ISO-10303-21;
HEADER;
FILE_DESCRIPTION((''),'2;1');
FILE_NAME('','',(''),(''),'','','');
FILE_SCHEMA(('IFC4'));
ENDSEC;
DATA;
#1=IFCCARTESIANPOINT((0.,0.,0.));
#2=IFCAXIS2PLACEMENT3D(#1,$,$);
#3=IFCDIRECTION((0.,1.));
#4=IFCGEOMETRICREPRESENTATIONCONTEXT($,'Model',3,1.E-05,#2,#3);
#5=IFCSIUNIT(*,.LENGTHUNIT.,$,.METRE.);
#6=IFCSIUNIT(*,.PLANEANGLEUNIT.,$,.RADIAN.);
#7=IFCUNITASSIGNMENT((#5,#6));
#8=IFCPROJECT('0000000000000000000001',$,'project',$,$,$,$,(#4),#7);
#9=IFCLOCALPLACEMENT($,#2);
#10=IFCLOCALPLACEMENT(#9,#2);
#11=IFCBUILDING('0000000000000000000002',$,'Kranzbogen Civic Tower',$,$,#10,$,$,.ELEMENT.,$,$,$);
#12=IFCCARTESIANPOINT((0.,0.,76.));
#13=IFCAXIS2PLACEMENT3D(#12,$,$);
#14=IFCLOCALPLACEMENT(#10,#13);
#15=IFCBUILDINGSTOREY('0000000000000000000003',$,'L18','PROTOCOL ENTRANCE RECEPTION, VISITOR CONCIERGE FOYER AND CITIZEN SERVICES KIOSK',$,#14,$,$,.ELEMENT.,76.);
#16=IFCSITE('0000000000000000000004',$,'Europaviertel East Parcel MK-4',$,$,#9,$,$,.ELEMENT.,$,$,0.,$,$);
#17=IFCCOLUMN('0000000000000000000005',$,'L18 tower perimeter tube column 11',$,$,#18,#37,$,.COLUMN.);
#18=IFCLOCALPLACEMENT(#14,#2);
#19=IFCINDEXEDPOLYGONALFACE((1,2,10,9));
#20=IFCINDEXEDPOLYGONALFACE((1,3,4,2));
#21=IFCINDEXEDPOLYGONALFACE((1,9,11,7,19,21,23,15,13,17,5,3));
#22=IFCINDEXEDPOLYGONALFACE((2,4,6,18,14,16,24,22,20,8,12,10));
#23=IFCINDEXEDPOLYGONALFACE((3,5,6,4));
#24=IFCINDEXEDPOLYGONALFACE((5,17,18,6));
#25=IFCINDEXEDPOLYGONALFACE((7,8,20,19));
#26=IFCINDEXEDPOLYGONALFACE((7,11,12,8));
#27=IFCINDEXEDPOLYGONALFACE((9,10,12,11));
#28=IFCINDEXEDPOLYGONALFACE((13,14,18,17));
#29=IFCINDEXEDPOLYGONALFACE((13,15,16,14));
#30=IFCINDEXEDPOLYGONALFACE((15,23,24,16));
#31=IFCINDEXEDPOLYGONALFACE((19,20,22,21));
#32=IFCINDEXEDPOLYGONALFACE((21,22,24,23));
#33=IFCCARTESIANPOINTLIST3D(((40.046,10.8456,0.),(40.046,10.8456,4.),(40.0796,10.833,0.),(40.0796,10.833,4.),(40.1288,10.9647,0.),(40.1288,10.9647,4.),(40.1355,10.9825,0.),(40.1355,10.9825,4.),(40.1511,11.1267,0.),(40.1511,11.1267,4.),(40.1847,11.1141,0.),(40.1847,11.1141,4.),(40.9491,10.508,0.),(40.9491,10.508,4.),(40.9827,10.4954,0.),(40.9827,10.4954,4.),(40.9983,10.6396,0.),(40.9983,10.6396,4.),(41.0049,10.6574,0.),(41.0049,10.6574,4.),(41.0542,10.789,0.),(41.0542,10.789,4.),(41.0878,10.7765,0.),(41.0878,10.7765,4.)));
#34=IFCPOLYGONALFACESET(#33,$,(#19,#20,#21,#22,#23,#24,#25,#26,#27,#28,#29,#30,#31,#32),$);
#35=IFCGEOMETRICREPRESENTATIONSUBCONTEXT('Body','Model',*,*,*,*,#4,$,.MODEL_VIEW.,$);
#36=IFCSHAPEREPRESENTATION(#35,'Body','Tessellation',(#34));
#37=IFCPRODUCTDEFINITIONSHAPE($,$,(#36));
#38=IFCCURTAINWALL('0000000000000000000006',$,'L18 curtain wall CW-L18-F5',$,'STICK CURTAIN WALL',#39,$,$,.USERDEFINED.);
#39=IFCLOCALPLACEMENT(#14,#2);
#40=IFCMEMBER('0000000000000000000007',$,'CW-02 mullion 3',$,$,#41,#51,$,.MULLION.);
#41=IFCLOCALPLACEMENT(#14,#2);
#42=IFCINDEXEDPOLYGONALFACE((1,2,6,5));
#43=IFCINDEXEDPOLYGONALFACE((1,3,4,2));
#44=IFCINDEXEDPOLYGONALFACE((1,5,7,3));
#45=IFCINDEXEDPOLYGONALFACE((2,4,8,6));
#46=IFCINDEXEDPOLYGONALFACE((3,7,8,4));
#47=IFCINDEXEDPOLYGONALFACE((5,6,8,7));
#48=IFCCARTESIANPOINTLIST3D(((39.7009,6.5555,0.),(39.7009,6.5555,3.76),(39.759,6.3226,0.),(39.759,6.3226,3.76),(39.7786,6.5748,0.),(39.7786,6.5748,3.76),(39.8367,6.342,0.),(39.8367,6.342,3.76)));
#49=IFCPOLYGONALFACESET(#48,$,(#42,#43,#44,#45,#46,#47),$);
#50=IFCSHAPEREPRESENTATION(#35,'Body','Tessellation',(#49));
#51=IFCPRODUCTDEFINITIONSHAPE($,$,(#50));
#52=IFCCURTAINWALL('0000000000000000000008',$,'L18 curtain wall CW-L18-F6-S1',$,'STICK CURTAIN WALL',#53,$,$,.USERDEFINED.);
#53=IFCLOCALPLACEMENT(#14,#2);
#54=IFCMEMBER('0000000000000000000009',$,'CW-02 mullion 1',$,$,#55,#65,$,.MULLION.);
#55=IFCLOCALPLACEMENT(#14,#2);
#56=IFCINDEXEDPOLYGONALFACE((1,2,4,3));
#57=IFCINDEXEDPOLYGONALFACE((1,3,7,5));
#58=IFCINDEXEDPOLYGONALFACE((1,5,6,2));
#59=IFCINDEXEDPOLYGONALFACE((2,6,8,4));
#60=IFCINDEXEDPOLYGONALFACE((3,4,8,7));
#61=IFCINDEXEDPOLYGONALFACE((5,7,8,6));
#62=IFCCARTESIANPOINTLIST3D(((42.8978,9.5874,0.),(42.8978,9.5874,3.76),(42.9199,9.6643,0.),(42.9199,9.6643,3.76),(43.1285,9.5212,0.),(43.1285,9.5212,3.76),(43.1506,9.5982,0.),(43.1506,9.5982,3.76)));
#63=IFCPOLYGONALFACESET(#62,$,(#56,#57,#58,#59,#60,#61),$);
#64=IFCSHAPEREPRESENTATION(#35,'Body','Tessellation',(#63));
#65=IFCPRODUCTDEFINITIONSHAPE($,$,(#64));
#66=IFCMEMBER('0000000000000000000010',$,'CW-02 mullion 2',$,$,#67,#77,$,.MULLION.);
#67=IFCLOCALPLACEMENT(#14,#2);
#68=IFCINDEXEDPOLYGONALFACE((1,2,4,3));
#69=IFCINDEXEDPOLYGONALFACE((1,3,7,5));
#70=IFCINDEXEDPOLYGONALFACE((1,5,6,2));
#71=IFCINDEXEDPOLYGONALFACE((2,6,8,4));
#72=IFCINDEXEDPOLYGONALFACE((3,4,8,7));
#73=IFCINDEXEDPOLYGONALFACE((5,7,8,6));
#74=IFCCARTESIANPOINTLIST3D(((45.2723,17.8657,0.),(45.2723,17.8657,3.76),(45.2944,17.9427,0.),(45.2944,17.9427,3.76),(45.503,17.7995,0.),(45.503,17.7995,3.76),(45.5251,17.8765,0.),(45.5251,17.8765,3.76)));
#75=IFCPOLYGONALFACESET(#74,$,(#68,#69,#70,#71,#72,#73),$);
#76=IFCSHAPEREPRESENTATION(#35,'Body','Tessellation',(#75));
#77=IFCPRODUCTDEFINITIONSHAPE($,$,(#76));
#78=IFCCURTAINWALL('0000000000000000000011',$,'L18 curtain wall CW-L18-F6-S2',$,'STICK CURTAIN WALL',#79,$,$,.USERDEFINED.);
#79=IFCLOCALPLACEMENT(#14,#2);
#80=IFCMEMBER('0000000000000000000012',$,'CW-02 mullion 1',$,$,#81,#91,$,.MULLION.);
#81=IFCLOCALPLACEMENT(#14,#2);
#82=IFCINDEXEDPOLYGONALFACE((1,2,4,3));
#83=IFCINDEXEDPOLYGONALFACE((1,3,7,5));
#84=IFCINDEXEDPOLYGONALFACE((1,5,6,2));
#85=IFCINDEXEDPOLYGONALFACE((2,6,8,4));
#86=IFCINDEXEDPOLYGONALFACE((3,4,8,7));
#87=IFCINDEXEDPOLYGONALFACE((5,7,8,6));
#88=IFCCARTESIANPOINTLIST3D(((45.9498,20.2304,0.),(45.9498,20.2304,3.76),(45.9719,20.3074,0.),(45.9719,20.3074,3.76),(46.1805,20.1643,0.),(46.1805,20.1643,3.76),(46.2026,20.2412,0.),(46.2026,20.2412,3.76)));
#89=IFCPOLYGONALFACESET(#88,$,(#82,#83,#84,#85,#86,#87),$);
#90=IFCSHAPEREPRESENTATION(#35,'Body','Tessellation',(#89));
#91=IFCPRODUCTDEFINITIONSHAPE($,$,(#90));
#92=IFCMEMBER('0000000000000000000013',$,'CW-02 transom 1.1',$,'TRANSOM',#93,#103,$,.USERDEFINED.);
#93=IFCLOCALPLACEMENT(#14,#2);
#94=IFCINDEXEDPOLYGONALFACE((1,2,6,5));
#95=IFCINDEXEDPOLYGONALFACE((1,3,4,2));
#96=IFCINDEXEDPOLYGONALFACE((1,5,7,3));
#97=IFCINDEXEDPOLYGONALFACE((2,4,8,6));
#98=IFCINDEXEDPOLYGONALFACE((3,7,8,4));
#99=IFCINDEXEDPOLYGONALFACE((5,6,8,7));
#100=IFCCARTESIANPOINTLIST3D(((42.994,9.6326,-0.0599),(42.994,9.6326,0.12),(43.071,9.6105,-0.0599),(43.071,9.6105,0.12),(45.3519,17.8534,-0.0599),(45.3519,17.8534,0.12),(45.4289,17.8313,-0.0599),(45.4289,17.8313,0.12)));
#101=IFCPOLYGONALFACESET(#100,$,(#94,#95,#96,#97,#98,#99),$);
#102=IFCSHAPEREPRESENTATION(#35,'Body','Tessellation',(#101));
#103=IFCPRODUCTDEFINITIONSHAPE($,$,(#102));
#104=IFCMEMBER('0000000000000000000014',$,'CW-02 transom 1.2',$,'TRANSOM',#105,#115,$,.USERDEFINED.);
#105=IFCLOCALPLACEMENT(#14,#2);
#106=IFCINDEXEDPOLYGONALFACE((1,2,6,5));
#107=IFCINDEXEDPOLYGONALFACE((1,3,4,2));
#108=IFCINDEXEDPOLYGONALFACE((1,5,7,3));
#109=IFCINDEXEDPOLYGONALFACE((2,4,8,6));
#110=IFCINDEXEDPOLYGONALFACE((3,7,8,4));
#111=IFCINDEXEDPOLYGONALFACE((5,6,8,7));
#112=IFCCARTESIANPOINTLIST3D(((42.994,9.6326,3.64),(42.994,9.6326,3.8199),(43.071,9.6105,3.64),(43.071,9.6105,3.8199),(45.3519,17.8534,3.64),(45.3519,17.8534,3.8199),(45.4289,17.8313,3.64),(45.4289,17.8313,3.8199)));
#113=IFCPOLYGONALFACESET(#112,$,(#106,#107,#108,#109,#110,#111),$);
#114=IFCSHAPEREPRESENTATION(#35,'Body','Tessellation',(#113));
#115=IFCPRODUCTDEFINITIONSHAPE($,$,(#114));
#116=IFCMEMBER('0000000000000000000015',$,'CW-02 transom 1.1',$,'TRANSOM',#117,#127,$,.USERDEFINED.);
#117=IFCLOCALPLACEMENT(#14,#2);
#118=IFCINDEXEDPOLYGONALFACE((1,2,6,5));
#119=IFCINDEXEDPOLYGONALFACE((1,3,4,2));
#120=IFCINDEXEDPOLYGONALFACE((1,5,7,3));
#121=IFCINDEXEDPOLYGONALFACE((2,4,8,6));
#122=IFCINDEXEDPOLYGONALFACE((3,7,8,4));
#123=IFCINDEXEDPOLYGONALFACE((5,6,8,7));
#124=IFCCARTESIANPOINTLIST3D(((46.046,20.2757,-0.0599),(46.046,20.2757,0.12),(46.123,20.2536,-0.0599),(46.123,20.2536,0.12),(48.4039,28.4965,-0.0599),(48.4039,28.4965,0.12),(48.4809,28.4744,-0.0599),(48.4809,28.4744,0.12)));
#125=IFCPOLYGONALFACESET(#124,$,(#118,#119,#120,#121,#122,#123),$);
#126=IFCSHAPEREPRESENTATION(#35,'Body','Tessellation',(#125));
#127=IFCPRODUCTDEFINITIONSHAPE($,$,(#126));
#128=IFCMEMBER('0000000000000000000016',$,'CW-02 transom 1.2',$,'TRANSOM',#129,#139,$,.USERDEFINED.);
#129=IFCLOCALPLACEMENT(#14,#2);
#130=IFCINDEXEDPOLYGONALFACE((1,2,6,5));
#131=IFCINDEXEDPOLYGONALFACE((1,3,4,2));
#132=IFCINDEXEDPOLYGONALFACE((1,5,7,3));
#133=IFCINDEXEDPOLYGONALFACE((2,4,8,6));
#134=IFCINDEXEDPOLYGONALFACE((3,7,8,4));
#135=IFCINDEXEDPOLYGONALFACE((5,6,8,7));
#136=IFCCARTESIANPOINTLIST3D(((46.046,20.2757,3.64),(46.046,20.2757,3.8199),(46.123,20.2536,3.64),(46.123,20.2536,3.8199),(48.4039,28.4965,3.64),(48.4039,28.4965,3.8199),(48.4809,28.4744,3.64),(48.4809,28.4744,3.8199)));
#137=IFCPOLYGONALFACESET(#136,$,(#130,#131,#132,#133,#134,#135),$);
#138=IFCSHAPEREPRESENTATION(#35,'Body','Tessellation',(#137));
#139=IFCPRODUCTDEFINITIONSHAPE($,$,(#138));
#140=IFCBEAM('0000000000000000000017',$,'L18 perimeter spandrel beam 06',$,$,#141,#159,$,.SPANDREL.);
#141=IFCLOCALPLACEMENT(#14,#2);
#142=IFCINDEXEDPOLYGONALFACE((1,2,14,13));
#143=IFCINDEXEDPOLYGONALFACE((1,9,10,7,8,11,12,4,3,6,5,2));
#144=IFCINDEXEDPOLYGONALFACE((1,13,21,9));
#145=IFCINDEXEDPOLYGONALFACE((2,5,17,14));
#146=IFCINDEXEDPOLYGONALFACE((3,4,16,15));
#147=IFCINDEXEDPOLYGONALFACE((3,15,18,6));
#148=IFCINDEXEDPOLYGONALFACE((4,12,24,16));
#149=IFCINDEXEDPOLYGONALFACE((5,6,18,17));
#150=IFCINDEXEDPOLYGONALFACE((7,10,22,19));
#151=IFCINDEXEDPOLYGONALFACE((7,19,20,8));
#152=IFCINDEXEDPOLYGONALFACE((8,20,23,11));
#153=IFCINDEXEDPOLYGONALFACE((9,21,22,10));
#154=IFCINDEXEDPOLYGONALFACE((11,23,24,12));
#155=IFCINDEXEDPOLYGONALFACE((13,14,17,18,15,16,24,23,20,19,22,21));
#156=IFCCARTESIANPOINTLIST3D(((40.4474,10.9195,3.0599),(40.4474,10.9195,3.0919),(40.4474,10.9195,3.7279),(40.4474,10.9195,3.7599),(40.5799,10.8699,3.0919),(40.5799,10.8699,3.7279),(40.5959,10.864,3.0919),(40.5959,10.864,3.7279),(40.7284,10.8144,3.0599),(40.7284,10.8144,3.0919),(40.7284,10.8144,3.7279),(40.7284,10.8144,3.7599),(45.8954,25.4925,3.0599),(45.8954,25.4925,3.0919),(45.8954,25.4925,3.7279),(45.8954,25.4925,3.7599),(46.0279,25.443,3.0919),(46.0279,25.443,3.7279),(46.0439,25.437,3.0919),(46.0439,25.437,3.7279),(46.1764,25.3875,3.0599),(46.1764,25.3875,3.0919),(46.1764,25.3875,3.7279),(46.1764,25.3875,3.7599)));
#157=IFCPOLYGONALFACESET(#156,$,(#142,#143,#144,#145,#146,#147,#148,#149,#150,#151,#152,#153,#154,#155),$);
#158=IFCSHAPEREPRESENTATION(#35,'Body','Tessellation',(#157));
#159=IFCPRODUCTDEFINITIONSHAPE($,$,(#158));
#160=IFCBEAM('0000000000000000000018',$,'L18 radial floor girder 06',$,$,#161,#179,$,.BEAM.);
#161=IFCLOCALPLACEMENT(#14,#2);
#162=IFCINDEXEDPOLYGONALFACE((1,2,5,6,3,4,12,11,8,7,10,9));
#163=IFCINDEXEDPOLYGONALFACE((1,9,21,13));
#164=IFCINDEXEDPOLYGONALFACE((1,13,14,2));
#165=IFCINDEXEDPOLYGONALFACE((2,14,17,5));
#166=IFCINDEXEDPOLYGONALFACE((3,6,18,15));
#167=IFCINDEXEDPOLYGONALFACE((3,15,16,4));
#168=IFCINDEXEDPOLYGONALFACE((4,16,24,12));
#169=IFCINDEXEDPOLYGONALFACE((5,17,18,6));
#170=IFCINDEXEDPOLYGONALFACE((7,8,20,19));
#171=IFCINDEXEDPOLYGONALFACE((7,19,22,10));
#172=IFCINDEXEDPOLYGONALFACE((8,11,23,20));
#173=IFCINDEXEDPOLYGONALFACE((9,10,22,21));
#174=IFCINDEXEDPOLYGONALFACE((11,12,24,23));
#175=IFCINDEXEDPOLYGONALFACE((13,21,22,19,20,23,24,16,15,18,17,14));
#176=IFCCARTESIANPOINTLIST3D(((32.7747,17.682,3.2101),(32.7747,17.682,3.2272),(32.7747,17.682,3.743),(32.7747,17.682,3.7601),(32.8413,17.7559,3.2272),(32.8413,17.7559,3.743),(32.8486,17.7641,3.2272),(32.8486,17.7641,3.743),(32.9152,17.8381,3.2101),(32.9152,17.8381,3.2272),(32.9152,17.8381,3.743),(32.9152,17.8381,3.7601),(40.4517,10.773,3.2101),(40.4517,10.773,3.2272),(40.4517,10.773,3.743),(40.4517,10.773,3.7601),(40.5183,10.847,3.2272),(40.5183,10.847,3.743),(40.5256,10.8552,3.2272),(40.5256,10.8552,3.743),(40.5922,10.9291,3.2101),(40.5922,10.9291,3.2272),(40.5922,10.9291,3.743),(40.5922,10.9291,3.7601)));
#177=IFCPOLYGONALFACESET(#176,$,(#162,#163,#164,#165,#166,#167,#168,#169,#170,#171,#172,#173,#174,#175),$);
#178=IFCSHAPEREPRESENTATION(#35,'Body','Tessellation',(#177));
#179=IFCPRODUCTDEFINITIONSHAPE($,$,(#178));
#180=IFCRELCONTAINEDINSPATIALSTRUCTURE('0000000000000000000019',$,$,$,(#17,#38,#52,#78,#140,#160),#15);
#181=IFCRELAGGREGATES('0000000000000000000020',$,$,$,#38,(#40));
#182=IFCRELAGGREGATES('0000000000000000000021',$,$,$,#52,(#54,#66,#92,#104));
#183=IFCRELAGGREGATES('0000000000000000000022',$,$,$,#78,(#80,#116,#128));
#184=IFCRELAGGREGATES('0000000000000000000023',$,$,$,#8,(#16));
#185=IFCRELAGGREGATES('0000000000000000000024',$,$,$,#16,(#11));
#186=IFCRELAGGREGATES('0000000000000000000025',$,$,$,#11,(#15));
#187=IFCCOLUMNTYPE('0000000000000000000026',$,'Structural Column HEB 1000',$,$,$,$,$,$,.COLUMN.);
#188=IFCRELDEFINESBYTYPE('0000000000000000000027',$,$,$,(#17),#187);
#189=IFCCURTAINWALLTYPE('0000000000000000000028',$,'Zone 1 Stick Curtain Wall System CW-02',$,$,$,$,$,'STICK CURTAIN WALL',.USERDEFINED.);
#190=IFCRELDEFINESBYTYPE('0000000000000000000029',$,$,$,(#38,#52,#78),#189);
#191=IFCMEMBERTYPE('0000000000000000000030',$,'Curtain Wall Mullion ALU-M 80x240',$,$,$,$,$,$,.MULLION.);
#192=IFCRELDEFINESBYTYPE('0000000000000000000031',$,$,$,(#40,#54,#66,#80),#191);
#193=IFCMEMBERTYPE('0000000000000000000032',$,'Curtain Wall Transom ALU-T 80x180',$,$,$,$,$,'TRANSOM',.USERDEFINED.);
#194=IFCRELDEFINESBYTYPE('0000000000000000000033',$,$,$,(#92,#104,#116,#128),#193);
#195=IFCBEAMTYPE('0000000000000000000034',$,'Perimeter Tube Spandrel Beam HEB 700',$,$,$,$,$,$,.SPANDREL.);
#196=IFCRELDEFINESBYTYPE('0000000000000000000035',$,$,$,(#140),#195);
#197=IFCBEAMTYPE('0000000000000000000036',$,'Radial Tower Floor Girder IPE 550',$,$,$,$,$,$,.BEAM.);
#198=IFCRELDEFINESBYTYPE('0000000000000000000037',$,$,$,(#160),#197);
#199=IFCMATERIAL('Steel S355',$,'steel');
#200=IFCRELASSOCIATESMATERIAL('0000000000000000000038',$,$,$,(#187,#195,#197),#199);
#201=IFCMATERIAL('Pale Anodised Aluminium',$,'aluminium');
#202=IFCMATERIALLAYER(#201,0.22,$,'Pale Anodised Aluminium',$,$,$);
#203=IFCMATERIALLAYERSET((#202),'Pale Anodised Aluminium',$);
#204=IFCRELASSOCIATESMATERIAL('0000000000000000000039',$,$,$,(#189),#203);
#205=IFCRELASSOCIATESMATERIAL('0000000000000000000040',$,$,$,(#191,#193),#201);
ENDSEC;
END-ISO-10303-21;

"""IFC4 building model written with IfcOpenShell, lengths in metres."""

from ifc_helpers import new_model, si_unit, direction, frame, origin, origin_2d, place, context, subcontext, project, spatial, rectangle, i_section, extrude, material, layer, layer_set, material_profile, profile_set, type_object, element, aggregate, save


model = new_model("IFC4")

# Units and contexts
model_context = context("Model", 3, precision=1e-05, world=origin(), true_north=direction((0.0, 1.0)))
body_context = subcontext(model_context, "Body", "Model", "MODEL_VIEW")
ifc_project = project(units=[si_unit("LENGTHUNIT", "METRE"), si_unit("PLANEANGLEUNIT", "RADIAN")], contexts=[model_context])

# Site, building, storey
site_placement = place(None, origin())
site = spatial("IfcSite", under=ifc_project, at=site_placement, Name="Europaviertel East Parcel MK-4", CompositionType="ELEMENT", RefElevation=0.0)
building_placement = place(site_placement, origin())
building = spatial("IfcBuilding", under=site, at=building_placement, Name="Kranzbogen Civic Tower", CompositionType="ELEMENT")
storey_placement = place(building_placement, frame((0.0, 0.0, 76.0)))
storey = spatial("IfcBuildingStorey", under=building, at=storey_placement, Name="L18", Description="PROTOCOL ENTRANCE RECEPTION, VISITOR CONCIERGE FOYER AND CITIZEN SERVICES KIOSK", CompositionType="ELEMENT", Elevation=76.0)

# Column
ifc_material_1 = material(Name="Steel S355", Category="steel")
ifc_material_profile_1 = material_profile(ifc_material_1, i_section(OverallWidth=0.3, OverallDepth=1.0, WebThickness=0.019, FlangeThickness=0.0359, at=origin_2d()), Name="HEB 1000")
ifc_profile_set_1 = profile_set([ifc_material_profile_1], Name="Steel S355")
column_type = type_object("IfcColumnType", Name="Structural Column HEB 1000", PredefinedType="COLUMN", material=ifc_profile_set_1)
column_placement = place(storey_placement, frame((40.5669, 10.811, 0.0), z_axis=(0.0, 0.0, 1.0), x_axis=(0.350207, 0.936672, 0.0)))
element("IfcColumn", 1, at=column_placement, inside=storey, type_object=column_type, Name="L18 tower perimeter tube column 11", PredefinedType="COLUMN", context=body_context, shape_type="SweptSolid", body=[
    extrude(i_section(OverallWidth=0.3, OverallDepth=1.0, WebThickness=0.019, FlangeThickness=0.0359, at=origin_2d()), origin(), (0.0, 0.0, 1.0), 4.0),
])

# Curtain wall, member
ifc_material_2 = material(Name="Pale Anodised Aluminium", Category="aluminium")
ifc_layer_1 = layer(ifc_material_2, 0.22, Name="Pale Anodised Aluminium")
ifc_layer_set_1 = layer_set([ifc_layer_1], Name="Pale Anodised Aluminium")
curtain_wall_type = type_object("IfcCurtainWallType", Name="Zone 1 Stick Curtain Wall System CW-02", ElementType="STICK CURTAIN WALL", PredefinedType="USERDEFINED", material=ifc_layer_set_1)
curtain_wall_1_placement = place(storey_placement, origin())
curtain_wall_1 = element("IfcCurtainWall", 2, at=curtain_wall_1_placement, inside=storey, type_object=curtain_wall_type, Name="L18 curtain wall CW-L18-F5", ObjectType="STICK CURTAIN WALL", PredefinedType="USERDEFINED")
ifc_material_profile_2 = material_profile(ifc_material_2, rectangle(XDim=0.0801, YDim=0.24, at=origin_2d()), Name="ALU-M 80x240")
ifc_profile_set_2 = profile_set([ifc_material_profile_2], Name="Pale Anodised Aluminium")
member_type_1 = type_object("IfcMemberType", Name="Curtain Wall Mullion ALU-M 80x240", PredefinedType="MULLION", material=ifc_profile_set_2)
member_1_placement = place(storey_placement, frame((39.7688, 6.4487, 0.0), z_axis=(0.0, 0.0, 1.0), x_axis=(0.970303, 0.241892, 0.0)))
member_1 = element("IfcMember", 3, at=member_1_placement, type_object=member_type_1, Name="CW-02 mullion 3", PredefinedType="MULLION", context=body_context, shape_type="SweptSolid", body=[
    extrude(rectangle(XDim=0.0801, YDim=0.24, at=origin_2d()), origin(), (0.0, 0.0, 1.0), 3.76),
])
aggregate(curtain_wall_1, [member_1])

# Curtain wall, members
curtain_wall_2_placement = place(storey_placement, origin())
curtain_wall_2 = element("IfcCurtainWall", 4, at=curtain_wall_2_placement, inside=storey, type_object=curtain_wall_type, Name="L18 curtain wall CW-L18-F6-S1", ObjectType="STICK CURTAIN WALL", PredefinedType="USERDEFINED")
member_2_placement = place(storey_placement, frame((43.0242, 9.5928, 0.0), z_axis=(0.0, 0.0, 1.0), x_axis=(0.275711, 0.961241, 0.0)))
member_2 = element("IfcMember", 5, at=member_2_placement, type_object=member_type_1, Name="CW-02 mullion 1", PredefinedType="MULLION", context=body_context, shape_type="SweptSolid", body=[
    extrude(rectangle(XDim=0.0801, YDim=0.24, at=origin_2d()), origin(), (0.0, 0.0, 1.0), 3.76),
])
member_3_placement = place(storey_placement, frame((45.3987, 17.8711, 0.0), z_axis=(0.0, 0.0, 1.0), x_axis=(0.275711, 0.961241, 0.0)))
member_3 = element("IfcMember", 6, at=member_3_placement, type_object=member_type_1, Name="CW-02 mullion 2", PredefinedType="MULLION", context=body_context, shape_type="SweptSolid", body=[
    extrude(rectangle(XDim=0.0801, YDim=0.24, at=origin_2d()), origin(), (0.0, 0.0, 1.0), 3.76),
])

# Curtain wall, member
curtain_wall_3_placement = place(storey_placement, origin())
curtain_wall_3 = element("IfcCurtainWall", 7, at=curtain_wall_3_placement, inside=storey, type_object=curtain_wall_type, Name="L18 curtain wall CW-L18-F6-S2", ObjectType="STICK CURTAIN WALL", PredefinedType="USERDEFINED")
member_4_placement = place(storey_placement, frame((46.0762, 20.2358, 0.0), z_axis=(0.0, 0.0, 1.0), x_axis=(0.275711, 0.961241, 0.0)))
member_4 = element("IfcMember", 8, at=member_4_placement, type_object=member_type_1, Name="CW-02 mullion 1", PredefinedType="MULLION", context=body_context, shape_type="SweptSolid", body=[
    extrude(rectangle(XDim=0.0801, YDim=0.24, at=origin_2d()), origin(), (0.0, 0.0, 1.0), 3.76),
])

# Members
ifc_material_profile_3 = material_profile(ifc_material_2, rectangle(XDim=0.0801, YDim=0.1799, at=origin_2d()), Name="ALU-T 80x180")
ifc_profile_set_3 = profile_set([ifc_material_profile_3], Name="Pale Anodised Aluminium")
member_type_2 = type_object("IfcMemberType", Name="Curtain Wall Transom ALU-T 80x180", ElementType="TRANSOM", PredefinedType="USERDEFINED", material=ifc_profile_set_3)
member_5_placement = place(storey_placement, frame((43.0325, 9.6216, 0.03), z_axis=(0.275709, 0.961241, 0.0), x_axis=(-0.961241, 0.275709, 0.0)))
member_5 = element("IfcMember", 9, at=member_5_placement, type_object=member_type_2, Name="CW-02 transom 1.1", ObjectType="TRANSOM", PredefinedType="USERDEFINED", context=body_context, shape_type="SweptSolid", body=[
    extrude(rectangle(XDim=0.0801, YDim=0.1799, at=origin_2d()), origin(), (0.0, 0.0, 1.0), 8.5522),
])
member_6_placement = place(storey_placement, frame((43.0325, 9.6216, 3.73), z_axis=(0.275709, 0.961241, 0.0), x_axis=(-0.961241, 0.275709, 0.0)))
member_6 = element("IfcMember", 10, at=member_6_placement, type_object=member_type_2, Name="CW-02 transom 1.2", ObjectType="TRANSOM", PredefinedType="USERDEFINED", context=body_context, shape_type="SweptSolid", body=[
    extrude(rectangle(XDim=0.0801, YDim=0.1799, at=origin_2d()), origin(), (0.0, 0.0, 1.0), 8.5522),
])
member_7_placement = place(storey_placement, frame((46.0845, 20.2646, 0.03), z_axis=(0.275709, 0.961241, 0.0), x_axis=(-0.961241, 0.275709, 0.0)))
member_7 = element("IfcMember", 11, at=member_7_placement, type_object=member_type_2, Name="CW-02 transom 1.1", ObjectType="TRANSOM", PredefinedType="USERDEFINED", context=body_context, shape_type="SweptSolid", body=[
    extrude(rectangle(XDim=0.0801, YDim=0.1799, at=origin_2d()), origin(), (0.0, 0.0, 1.0), 8.5522),
])
member_8_placement = place(storey_placement, frame((46.0845, 20.2646, 3.73), z_axis=(0.275709, 0.961241, 0.0), x_axis=(-0.961241, 0.275709, 0.0)))
member_8 = element("IfcMember", 12, at=member_8_placement, type_object=member_type_2, Name="CW-02 transom 1.2", ObjectType="TRANSOM", PredefinedType="USERDEFINED", context=body_context, shape_type="SweptSolid", body=[
    extrude(rectangle(XDim=0.0801, YDim=0.1799, at=origin_2d()), origin(), (0.0, 0.0, 1.0), 8.5522),
])

# Beams
ifc_material_profile_4 = material_profile(ifc_material_1, i_section(OverallWidth=0.3, OverallDepth=0.7, WebThickness=0.0171, FlangeThickness=0.032, at=origin_2d()), Name="HEB 700")
ifc_profile_set_4 = profile_set([ifc_material_profile_4], Name="Steel S355")
beam_type_1 = type_object("IfcBeamType", Name="Perimeter Tube Spandrel Beam HEB 700", PredefinedType="SPANDREL", material=ifc_profile_set_4)
beam_1_placement = place(storey_placement, frame((40.5879, 10.8669, 3.4099), z_axis=(0.350172, 0.936685, 0.0), x_axis=(-0.936685, 0.350172, 0.0)))
element("IfcBeam", 13, at=beam_1_placement, inside=storey, type_object=beam_type_1, Name="L18 perimeter spandrel beam 06", PredefinedType="SPANDREL", context=body_context, shape_type="SweptSolid", body=[
    extrude(i_section(OverallWidth=0.3, OverallDepth=0.7, WebThickness=0.0171, FlangeThickness=0.032, at=origin_2d()), origin(), (0.0, 0.0, 1.0), 15.5581),
])
ifc_material_profile_5 = material_profile(ifc_material_1, i_section(OverallWidth=0.21, OverallDepth=0.55, WebThickness=0.011, FlangeThickness=0.0171, at=origin_2d()), Name="IPE 550")
ifc_profile_set_5 = profile_set([ifc_material_profile_5], Name="Steel S355")
beam_type_2 = type_object("IfcBeamType", Name="Radial Tower Floor Girder IPE 550", PredefinedType="BEAM", material=ifc_profile_set_5)
beam_2_placement = place(storey_placement, frame((40.522, 10.8511, 3.4851), z_axis=(-0.743312, 0.668945, 0.0), x_axis=(-0.668945, -0.743312, 0.0)))
element("IfcBeam", 14, at=beam_2_placement, inside=storey, type_object=beam_type_2, Name="L18 radial floor girder 06", PredefinedType="BEAM", context=body_context, shape_type="SweptSolid", body=[
    extrude(i_section(OverallWidth=0.21, OverallDepth=0.55, WebThickness=0.011, FlangeThickness=0.0171, at=origin_2d()), origin(), (0.0, 0.0, 1.0), 10.3281),
])

aggregate(curtain_wall_2, [member_2, member_3, member_5, member_6])
aggregate(curtain_wall_3, [member_4, member_7, member_8])

save(model, "model.ifc")
